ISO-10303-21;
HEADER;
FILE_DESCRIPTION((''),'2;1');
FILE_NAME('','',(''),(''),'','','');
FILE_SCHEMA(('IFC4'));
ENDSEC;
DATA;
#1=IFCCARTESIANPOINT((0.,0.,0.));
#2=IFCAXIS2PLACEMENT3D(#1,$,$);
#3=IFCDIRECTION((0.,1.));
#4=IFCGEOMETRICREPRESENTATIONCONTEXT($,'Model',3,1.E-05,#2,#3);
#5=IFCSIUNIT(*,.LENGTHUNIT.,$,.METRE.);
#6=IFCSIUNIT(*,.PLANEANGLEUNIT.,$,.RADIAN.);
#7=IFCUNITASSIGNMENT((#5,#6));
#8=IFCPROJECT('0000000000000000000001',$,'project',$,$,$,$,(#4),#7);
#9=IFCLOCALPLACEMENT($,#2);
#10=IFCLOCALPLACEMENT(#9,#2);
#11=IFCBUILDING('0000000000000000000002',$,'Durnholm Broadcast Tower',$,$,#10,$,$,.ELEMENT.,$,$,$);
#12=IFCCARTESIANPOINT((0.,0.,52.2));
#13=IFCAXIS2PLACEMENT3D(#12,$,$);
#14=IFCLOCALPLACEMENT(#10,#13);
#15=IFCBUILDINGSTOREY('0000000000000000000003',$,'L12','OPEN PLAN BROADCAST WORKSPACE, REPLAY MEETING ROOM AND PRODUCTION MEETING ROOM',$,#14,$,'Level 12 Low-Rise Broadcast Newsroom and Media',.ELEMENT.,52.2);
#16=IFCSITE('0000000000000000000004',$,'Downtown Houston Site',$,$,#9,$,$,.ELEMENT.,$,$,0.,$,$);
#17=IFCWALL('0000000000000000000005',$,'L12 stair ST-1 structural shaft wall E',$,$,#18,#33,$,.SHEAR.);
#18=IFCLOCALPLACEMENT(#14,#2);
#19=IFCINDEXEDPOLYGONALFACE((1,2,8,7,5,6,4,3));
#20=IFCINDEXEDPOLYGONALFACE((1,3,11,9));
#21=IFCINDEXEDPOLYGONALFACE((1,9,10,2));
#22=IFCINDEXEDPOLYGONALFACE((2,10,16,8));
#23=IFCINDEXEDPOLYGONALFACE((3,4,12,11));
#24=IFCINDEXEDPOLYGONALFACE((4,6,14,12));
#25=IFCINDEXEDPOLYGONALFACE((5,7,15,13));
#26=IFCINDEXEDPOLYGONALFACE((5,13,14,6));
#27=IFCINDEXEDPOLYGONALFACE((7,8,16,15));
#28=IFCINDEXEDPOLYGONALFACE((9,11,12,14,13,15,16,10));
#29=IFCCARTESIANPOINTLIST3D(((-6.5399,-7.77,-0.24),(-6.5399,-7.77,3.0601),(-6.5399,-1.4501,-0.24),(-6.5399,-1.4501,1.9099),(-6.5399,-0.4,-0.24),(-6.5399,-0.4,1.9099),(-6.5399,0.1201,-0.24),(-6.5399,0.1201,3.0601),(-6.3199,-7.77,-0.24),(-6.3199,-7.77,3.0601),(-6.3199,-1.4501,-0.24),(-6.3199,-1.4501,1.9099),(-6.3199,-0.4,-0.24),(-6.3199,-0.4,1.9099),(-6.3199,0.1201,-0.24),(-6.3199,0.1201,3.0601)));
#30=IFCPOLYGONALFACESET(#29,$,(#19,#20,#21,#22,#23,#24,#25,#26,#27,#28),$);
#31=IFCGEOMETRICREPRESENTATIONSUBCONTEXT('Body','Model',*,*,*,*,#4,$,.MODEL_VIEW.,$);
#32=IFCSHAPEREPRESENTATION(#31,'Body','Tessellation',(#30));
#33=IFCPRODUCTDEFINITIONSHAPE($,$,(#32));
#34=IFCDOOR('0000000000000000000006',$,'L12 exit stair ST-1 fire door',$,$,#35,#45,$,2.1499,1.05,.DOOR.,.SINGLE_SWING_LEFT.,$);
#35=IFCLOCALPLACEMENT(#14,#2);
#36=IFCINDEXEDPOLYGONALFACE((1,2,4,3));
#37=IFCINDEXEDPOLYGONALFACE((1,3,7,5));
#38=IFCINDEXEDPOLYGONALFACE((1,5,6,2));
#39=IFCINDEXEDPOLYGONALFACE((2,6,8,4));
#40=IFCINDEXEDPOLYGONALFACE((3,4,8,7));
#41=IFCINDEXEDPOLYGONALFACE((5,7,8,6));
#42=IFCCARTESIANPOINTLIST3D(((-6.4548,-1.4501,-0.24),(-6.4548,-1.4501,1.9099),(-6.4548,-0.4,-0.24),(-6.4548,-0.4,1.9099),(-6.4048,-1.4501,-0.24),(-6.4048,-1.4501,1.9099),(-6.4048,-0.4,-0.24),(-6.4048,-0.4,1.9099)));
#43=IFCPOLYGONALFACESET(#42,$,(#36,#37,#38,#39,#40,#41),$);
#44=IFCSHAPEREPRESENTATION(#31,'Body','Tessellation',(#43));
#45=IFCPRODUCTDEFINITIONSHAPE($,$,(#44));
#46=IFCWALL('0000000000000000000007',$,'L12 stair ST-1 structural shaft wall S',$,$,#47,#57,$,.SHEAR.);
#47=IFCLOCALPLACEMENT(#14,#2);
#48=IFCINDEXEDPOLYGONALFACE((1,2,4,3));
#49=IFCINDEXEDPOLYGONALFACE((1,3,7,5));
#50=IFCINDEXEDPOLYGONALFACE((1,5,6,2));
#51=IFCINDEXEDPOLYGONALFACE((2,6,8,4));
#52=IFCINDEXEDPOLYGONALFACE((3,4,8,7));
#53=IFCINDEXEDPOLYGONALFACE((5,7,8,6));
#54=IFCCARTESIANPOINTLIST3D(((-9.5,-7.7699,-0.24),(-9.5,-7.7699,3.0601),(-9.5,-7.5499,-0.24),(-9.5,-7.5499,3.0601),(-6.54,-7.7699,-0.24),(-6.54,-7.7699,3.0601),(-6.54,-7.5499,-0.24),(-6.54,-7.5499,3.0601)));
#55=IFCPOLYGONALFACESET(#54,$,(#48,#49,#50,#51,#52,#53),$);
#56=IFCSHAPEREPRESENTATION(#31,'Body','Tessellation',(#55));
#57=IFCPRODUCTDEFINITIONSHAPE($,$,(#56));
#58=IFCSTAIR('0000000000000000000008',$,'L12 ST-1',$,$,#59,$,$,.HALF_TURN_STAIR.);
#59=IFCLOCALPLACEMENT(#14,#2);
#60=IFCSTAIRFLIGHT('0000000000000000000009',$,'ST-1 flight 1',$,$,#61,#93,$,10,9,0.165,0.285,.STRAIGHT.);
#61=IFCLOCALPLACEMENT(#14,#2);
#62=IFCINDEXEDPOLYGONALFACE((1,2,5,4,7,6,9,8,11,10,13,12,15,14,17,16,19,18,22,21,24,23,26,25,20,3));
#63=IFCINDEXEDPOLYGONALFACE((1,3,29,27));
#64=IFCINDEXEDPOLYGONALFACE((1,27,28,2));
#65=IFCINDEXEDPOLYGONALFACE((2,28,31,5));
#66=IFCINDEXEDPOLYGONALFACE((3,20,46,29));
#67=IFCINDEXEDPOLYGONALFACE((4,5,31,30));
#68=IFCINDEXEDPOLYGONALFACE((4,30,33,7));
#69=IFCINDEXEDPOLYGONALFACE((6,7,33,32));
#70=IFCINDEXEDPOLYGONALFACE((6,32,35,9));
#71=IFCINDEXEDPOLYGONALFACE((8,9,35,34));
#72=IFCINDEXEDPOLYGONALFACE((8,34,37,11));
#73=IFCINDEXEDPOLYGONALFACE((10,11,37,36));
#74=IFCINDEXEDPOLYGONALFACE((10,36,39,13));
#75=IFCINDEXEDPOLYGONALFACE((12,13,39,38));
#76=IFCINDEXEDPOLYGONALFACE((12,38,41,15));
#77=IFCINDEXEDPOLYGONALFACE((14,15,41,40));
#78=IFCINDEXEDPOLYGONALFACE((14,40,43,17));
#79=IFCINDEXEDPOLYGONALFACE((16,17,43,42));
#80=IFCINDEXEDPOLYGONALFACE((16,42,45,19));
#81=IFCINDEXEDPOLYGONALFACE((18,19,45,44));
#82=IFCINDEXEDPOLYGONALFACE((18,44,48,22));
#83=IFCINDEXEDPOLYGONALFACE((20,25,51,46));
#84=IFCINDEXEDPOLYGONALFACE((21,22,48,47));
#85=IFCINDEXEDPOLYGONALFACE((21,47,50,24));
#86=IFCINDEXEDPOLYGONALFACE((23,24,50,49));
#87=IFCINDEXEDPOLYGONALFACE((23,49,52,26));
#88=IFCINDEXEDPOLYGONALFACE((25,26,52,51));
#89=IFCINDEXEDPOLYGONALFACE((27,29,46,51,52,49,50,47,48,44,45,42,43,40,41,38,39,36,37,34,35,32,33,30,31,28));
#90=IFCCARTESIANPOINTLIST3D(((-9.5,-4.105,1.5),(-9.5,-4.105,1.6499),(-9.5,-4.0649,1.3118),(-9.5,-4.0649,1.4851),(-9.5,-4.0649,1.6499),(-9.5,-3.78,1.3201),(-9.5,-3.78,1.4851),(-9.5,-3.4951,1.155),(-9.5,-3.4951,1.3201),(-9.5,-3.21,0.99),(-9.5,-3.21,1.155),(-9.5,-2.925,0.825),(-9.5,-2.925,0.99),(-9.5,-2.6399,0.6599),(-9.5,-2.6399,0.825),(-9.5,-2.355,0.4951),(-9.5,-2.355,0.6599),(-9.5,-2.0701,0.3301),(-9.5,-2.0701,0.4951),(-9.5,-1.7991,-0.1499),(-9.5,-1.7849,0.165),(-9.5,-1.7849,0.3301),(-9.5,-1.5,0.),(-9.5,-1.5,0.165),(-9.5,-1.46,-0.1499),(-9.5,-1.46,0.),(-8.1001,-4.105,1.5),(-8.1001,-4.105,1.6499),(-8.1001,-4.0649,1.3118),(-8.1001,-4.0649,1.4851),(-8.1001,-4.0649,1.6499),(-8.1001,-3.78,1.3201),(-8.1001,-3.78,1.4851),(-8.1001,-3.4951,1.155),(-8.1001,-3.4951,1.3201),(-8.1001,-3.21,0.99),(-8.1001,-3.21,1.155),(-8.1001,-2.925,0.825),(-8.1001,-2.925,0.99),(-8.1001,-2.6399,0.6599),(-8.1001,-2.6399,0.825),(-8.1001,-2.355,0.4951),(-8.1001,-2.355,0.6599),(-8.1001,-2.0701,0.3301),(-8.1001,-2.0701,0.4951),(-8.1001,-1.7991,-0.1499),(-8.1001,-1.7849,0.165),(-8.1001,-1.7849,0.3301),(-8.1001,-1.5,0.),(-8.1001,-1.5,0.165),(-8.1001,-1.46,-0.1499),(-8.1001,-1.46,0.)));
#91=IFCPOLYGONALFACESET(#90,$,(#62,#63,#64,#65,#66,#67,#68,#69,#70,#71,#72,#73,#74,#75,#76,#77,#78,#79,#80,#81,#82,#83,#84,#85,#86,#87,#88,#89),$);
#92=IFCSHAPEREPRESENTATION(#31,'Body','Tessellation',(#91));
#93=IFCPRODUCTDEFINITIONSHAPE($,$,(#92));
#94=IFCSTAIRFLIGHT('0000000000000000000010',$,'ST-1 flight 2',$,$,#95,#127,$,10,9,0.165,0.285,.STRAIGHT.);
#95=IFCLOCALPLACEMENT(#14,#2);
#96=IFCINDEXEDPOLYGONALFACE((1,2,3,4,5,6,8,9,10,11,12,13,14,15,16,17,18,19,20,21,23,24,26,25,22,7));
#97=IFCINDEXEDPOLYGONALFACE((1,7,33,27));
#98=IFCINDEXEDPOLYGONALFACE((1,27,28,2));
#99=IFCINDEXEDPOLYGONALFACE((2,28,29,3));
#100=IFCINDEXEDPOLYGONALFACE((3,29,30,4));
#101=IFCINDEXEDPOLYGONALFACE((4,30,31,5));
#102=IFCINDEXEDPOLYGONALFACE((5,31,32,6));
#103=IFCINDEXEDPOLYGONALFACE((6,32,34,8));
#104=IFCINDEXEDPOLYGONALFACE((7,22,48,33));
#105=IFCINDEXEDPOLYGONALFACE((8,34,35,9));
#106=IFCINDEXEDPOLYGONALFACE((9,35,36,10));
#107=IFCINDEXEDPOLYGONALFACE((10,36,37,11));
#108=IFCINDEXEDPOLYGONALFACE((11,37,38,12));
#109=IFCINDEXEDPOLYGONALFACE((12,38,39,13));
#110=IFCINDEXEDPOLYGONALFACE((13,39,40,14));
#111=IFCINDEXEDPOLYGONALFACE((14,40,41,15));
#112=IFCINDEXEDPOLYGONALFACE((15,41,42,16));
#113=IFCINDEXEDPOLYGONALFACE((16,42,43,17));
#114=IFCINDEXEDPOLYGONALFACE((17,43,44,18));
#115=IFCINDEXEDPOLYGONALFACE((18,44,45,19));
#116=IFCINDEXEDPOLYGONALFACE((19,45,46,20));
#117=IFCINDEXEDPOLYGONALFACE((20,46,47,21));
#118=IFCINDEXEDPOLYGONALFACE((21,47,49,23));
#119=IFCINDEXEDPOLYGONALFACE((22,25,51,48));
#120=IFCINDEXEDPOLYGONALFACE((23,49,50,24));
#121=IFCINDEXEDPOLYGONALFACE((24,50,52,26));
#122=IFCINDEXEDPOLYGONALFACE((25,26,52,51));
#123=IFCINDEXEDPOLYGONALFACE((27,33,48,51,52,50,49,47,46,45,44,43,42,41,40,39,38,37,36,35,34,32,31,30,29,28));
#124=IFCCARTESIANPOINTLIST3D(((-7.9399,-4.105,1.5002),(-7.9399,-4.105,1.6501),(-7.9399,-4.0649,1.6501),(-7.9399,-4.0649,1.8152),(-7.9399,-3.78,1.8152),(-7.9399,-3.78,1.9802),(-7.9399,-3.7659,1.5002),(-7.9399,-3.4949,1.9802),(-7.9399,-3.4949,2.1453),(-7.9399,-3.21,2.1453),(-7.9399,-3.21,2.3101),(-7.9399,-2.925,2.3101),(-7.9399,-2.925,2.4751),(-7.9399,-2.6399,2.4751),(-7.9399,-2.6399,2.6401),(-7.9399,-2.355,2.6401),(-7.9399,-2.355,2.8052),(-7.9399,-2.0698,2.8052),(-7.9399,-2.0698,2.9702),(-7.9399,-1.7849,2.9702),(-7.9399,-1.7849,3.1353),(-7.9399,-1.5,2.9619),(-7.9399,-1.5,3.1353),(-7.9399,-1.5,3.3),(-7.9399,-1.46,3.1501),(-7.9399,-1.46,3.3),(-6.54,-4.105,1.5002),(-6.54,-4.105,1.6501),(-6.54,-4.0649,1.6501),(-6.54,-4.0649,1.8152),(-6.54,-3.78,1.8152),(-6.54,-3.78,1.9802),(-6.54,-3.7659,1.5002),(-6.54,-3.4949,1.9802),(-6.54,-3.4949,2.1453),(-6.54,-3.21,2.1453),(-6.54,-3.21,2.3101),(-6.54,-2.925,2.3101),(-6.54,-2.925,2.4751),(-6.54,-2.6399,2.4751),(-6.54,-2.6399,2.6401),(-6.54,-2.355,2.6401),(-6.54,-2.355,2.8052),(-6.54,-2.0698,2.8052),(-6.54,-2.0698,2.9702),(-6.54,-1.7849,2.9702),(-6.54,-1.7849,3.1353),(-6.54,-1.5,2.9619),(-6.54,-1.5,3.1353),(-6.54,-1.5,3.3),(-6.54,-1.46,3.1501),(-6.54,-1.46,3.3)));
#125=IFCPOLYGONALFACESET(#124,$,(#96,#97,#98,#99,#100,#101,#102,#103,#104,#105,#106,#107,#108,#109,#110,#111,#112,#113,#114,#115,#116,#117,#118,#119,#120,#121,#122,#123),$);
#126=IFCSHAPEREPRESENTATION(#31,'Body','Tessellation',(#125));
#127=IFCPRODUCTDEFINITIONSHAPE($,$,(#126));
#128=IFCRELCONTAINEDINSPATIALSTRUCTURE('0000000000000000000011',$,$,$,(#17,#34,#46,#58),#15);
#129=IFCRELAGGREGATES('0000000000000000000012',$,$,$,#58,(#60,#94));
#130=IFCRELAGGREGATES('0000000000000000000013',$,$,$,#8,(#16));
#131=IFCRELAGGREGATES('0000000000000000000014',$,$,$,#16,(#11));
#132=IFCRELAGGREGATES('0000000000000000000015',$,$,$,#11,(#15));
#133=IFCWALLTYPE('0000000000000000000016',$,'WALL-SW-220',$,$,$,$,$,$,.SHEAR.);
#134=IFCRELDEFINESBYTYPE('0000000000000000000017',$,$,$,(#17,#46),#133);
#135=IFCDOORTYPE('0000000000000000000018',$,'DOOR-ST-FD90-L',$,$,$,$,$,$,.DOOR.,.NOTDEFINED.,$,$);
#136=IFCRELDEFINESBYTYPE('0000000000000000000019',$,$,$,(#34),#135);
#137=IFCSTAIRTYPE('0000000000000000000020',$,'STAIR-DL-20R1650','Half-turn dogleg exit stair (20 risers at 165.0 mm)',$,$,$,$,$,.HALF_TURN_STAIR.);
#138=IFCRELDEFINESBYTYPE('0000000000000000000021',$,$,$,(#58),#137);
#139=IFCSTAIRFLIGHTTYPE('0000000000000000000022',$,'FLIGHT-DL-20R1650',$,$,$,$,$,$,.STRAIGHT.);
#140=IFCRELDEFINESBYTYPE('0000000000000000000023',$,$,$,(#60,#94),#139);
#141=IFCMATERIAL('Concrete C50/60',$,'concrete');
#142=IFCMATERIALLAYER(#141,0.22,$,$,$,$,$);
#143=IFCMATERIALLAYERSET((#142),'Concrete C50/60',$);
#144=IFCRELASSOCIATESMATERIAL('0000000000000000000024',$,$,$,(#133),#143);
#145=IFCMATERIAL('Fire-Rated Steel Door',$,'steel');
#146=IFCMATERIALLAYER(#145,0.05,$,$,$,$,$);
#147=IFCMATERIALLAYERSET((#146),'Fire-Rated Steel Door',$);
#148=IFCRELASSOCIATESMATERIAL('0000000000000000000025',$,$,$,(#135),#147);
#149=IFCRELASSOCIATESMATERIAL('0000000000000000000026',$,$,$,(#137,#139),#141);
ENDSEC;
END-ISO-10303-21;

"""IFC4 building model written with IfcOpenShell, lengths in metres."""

from ifc_helpers import new_model, si_unit, direction, frame, frame_2d, origin, place, context, subcontext, project, spatial, polyline, rectangle, outline, extrude, source, transform, mapped, material, layer, layer_set, type_object, type_shapes, element, fill, aggregate, save


model = new_model("IFC4")

# Units and contexts
model_context = context("Model", 3, precision=1e-05, world=origin(), true_north=direction((0.0, 1.0)))
body_context = subcontext(model_context, "Body", "Model", "MODEL_VIEW")
ifc_project = project(units=[si_unit("LENGTHUNIT", "METRE"), si_unit("PLANEANGLEUNIT", "RADIAN")], contexts=[model_context])

# Site, building, storey
site_placement = place(None, origin())
site = spatial("IfcSite", under=ifc_project, at=site_placement, Name="Downtown Houston Site", CompositionType="ELEMENT", RefElevation=0.0)
building_placement = place(site_placement, origin())
building = spatial("IfcBuilding", under=site, at=building_placement, Name="Durnholm Broadcast Tower", CompositionType="ELEMENT")
storey_placement = place(building_placement, frame((0.0, 0.0, 52.2)))
storey = spatial("IfcBuildingStorey", under=building, at=storey_placement, Name="L12", Description="OPEN PLAN BROADCAST WORKSPACE, REPLAY MEETING ROOM AND PRODUCTION MEETING ROOM", LongName="Level 12 Low-Rise Broadcast Newsroom and Media", CompositionType="ELEMENT", Elevation=52.2)

# Wall, opening, door
ifc_material_1 = material(Name="Concrete C50/60", Category="concrete")
ifc_layer_1 = layer(ifc_material_1, 0.22)
ifc_layer_set_1 = layer_set([ifc_layer_1], Name="Concrete C50/60")
wall_type_1 = type_object("IfcWallType", Name="WALL-SW-220", PredefinedType="SHEAR", material=ifc_layer_set_1)
wall_1_placement = place(storey_placement, frame((-6.4299, -7.77, -0.24), z_axis=(0.0, 0.0, 1.0), x_axis=(0.0, 1.0, 0.0)))
wall_1 = element("IfcWall", 1, at=wall_1_placement, inside=storey, type_object=wall_type_1, Name="L12 stair ST-1 structural shaft wall E", PredefinedType="SHEAR", context=body_context, shape_type="SweptSolid", body=[
    extrude(rectangle(XDim=7.8901, YDim=0.22, at=frame_2d((3.9451, 0.0))), origin(), (0.0, 0.0, 1.0), 3.3),
])
opening_1_placement = place(wall_1_placement, frame((6.3201, 0.0, 0.0)))
opening_1 = element("IfcOpeningElement", 2, at=opening_1_placement, cuts=wall_1, PredefinedType="OPENING", context=body_context, shape_type="SweptSolid", body=[
    extrude(rectangle(XDim=1.05, YDim=2.1499, at=frame_2d((0.5249, 1.075))), frame((0.0, 0.1201, 0.0), z_axis=(0.0, -1.0, 0.0), x_axis=(1.0, 0.0, 0.0)), (0.0, 0.0, 1.0), 0.24),
])
ifc_material_2 = material(Name="Fire-Rated Steel Door", Category="steel")
ifc_layer_2 = layer(ifc_material_2, 0.05)
ifc_layer_set_2 = layer_set([ifc_layer_2], Name="Fire-Rated Steel Door")
door_type_1 = type_object("IfcDoorType", Name="DOOR-ST-FD90-L", OperationType="NOTDEFINED", PredefinedType="DOOR", material=ifc_layer_set_2)
shared_shape_1 = source(origin(), body_context, "Body", "SweptSolid", [
    extrude(rectangle(XDim=1.05, YDim=2.1499, at=frame_2d((0.5249, 1.075))), frame((0.0, 0.0249, 0.0), z_axis=(0.0, -1.0, 0.0), x_axis=(1.0, 0.0, 0.0)), (0.0, 0.0, 1.0), 0.05),
])
type_shapes(door_type_1, [shared_shape_1])
door_1_placement = place(opening_1_placement, origin())
door_1 = element("IfcDoor", 3, at=door_1_placement, inside=storey, type_object=door_type_1, Name="L12 exit stair ST-1 fire door", OperationType="SINGLE_SWING_LEFT", OverallHeight=2.1499, OverallWidth=1.05, PredefinedType="DOOR", context=body_context, shape_type="MappedRepresentation", body=[
    mapped(shared_shape_1, transform((0.0, 0.0, 0.0), x_axis=(1.0, 0.0, 0.0), y_axis=(0.0, 1.0, 0.0), z_axis=(0.0, 0.0, 1.0), scale=1.0)),
])
fill(opening_1, door_1)

# Wall
wall_2_placement = place(storey_placement, frame((-9.5, -7.6599, -0.24), z_axis=(0.0, 0.0, 1.0), x_axis=(1.0, 0.0, 0.0)))
element("IfcWall", 4, at=wall_2_placement, inside=storey, type_object=wall_type_1, Name="L12 stair ST-1 structural shaft wall S", PredefinedType="SHEAR", context=body_context, shape_type="SweptSolid", body=[
    extrude(rectangle(XDim=2.96, YDim=0.22, at=frame_2d((1.48, 0.0))), origin(), (0.0, 0.0, 1.0), 3.3),
])

# Stair, stair flights
stair_type = type_object("IfcStairType", Name="STAIR-DL-20R1650", Description="Half-turn dogleg exit stair (20 risers at 165.0 mm)", PredefinedType="HALF_TURN_STAIR", material=ifc_material_1)
stair_placement = place(storey_placement, origin())
stair = element("IfcStair", 5, at=stair_placement, inside=storey, type_object=stair_type, Name="L12 ST-1", PredefinedType="HALF_TURN_STAIR")
stair_flight_type = type_object("IfcStairFlightType", Name="FLIGHT-DL-20R1650", PredefinedType="STRAIGHT", material=ifc_material_1)
stair_flight_1_placement = place(storey_placement, frame((-8.8, -1.5, 0.0), z_axis=(0.0, 0.0, 1.0), x_axis=(0.0, -1.0, 0.0)))
stair_flight_1 = element("IfcStairFlight", 6, at=stair_flight_1_placement, type_object=stair_flight_type, Name="ST-1 flight 1", NumberOfRisers=10, NumberOfTreads=9, PredefinedType="STRAIGHT", RiserHeight=0.165, TreadLength=0.285, context=body_context, shape_type="SweptSolid", body=[
    extrude(outline(polyline([(-0.04, -0.1499), (-0.04, 0.0), (0.0, 0.0), (0.0, 0.165), (0.2849, 0.165), (0.2849, 0.3301), (0.5701, 0.3301), (0.5701, 0.4951), (0.855, 0.4951), (0.855, 0.6599), (1.1399, 0.6599), (1.1399, 0.825), (1.425, 0.825), (1.425, 0.99), (1.71, 0.99), (1.71, 1.155), (1.9951, 1.155), (1.9951, 1.3201), (2.28, 1.3201), (2.28, 1.4851), (2.5649, 1.4851), (2.5649, 1.6499), (2.605, 1.6499), (2.605, 1.5), (2.5649, 1.3118), (0.2991, -0.1499), (-0.04, -0.1499)])), frame((0.0, 0.7, 0.0), z_axis=(0.0, -1.0, 0.0), x_axis=(1.0, 0.0, 0.0)), (0.0, 0.0, 1.0), 1.3999),
])
stair_flight_2_placement = place(storey_placement, frame((-7.24, -4.0649, 1.6501), z_axis=(0.0, 0.0, 1.0), x_axis=(0.0, 1.0, 0.0)))
stair_flight_2 = element("IfcStairFlight", 7, at=stair_flight_2_placement, type_object=stair_flight_type, Name="ST-1 flight 2", NumberOfRisers=10, NumberOfTreads=9, PredefinedType="STRAIGHT", RiserHeight=0.165, TreadLength=0.285, context=body_context, shape_type="SweptSolid", body=[
    extrude(outline(polyline([(-0.04, -0.1499), (-0.04, 0.0), (0.0, 0.0), (0.0, 0.165), (0.2849, 0.165), (0.2849, 0.3301), (0.5701, 0.3301), (0.5701, 0.4951), (0.855, 0.4951), (0.855, 0.6599), (1.1399, 0.6599), (1.1399, 0.825), (1.425, 0.825), (1.425, 0.99), (1.71, 0.99), (1.71, 1.155), (1.9951, 1.155), (1.9951, 1.3201), (2.28, 1.3201), (2.28, 1.4851), (2.5649, 1.4851), (2.5649, 1.6499), (2.605, 1.6499), (2.605, 1.5), (2.5649, 1.3118), (0.2991, -0.1499), (-0.04, -0.1499)])), frame((0.0, 0.7, 0.0), z_axis=(0.0, -1.0, 0.0), x_axis=(1.0, 0.0, 0.0)), (0.0, 0.0, 1.0), 1.3999),
])
aggregate(stair, [stair_flight_1, stair_flight_2])

save(model, "model.ifc")
